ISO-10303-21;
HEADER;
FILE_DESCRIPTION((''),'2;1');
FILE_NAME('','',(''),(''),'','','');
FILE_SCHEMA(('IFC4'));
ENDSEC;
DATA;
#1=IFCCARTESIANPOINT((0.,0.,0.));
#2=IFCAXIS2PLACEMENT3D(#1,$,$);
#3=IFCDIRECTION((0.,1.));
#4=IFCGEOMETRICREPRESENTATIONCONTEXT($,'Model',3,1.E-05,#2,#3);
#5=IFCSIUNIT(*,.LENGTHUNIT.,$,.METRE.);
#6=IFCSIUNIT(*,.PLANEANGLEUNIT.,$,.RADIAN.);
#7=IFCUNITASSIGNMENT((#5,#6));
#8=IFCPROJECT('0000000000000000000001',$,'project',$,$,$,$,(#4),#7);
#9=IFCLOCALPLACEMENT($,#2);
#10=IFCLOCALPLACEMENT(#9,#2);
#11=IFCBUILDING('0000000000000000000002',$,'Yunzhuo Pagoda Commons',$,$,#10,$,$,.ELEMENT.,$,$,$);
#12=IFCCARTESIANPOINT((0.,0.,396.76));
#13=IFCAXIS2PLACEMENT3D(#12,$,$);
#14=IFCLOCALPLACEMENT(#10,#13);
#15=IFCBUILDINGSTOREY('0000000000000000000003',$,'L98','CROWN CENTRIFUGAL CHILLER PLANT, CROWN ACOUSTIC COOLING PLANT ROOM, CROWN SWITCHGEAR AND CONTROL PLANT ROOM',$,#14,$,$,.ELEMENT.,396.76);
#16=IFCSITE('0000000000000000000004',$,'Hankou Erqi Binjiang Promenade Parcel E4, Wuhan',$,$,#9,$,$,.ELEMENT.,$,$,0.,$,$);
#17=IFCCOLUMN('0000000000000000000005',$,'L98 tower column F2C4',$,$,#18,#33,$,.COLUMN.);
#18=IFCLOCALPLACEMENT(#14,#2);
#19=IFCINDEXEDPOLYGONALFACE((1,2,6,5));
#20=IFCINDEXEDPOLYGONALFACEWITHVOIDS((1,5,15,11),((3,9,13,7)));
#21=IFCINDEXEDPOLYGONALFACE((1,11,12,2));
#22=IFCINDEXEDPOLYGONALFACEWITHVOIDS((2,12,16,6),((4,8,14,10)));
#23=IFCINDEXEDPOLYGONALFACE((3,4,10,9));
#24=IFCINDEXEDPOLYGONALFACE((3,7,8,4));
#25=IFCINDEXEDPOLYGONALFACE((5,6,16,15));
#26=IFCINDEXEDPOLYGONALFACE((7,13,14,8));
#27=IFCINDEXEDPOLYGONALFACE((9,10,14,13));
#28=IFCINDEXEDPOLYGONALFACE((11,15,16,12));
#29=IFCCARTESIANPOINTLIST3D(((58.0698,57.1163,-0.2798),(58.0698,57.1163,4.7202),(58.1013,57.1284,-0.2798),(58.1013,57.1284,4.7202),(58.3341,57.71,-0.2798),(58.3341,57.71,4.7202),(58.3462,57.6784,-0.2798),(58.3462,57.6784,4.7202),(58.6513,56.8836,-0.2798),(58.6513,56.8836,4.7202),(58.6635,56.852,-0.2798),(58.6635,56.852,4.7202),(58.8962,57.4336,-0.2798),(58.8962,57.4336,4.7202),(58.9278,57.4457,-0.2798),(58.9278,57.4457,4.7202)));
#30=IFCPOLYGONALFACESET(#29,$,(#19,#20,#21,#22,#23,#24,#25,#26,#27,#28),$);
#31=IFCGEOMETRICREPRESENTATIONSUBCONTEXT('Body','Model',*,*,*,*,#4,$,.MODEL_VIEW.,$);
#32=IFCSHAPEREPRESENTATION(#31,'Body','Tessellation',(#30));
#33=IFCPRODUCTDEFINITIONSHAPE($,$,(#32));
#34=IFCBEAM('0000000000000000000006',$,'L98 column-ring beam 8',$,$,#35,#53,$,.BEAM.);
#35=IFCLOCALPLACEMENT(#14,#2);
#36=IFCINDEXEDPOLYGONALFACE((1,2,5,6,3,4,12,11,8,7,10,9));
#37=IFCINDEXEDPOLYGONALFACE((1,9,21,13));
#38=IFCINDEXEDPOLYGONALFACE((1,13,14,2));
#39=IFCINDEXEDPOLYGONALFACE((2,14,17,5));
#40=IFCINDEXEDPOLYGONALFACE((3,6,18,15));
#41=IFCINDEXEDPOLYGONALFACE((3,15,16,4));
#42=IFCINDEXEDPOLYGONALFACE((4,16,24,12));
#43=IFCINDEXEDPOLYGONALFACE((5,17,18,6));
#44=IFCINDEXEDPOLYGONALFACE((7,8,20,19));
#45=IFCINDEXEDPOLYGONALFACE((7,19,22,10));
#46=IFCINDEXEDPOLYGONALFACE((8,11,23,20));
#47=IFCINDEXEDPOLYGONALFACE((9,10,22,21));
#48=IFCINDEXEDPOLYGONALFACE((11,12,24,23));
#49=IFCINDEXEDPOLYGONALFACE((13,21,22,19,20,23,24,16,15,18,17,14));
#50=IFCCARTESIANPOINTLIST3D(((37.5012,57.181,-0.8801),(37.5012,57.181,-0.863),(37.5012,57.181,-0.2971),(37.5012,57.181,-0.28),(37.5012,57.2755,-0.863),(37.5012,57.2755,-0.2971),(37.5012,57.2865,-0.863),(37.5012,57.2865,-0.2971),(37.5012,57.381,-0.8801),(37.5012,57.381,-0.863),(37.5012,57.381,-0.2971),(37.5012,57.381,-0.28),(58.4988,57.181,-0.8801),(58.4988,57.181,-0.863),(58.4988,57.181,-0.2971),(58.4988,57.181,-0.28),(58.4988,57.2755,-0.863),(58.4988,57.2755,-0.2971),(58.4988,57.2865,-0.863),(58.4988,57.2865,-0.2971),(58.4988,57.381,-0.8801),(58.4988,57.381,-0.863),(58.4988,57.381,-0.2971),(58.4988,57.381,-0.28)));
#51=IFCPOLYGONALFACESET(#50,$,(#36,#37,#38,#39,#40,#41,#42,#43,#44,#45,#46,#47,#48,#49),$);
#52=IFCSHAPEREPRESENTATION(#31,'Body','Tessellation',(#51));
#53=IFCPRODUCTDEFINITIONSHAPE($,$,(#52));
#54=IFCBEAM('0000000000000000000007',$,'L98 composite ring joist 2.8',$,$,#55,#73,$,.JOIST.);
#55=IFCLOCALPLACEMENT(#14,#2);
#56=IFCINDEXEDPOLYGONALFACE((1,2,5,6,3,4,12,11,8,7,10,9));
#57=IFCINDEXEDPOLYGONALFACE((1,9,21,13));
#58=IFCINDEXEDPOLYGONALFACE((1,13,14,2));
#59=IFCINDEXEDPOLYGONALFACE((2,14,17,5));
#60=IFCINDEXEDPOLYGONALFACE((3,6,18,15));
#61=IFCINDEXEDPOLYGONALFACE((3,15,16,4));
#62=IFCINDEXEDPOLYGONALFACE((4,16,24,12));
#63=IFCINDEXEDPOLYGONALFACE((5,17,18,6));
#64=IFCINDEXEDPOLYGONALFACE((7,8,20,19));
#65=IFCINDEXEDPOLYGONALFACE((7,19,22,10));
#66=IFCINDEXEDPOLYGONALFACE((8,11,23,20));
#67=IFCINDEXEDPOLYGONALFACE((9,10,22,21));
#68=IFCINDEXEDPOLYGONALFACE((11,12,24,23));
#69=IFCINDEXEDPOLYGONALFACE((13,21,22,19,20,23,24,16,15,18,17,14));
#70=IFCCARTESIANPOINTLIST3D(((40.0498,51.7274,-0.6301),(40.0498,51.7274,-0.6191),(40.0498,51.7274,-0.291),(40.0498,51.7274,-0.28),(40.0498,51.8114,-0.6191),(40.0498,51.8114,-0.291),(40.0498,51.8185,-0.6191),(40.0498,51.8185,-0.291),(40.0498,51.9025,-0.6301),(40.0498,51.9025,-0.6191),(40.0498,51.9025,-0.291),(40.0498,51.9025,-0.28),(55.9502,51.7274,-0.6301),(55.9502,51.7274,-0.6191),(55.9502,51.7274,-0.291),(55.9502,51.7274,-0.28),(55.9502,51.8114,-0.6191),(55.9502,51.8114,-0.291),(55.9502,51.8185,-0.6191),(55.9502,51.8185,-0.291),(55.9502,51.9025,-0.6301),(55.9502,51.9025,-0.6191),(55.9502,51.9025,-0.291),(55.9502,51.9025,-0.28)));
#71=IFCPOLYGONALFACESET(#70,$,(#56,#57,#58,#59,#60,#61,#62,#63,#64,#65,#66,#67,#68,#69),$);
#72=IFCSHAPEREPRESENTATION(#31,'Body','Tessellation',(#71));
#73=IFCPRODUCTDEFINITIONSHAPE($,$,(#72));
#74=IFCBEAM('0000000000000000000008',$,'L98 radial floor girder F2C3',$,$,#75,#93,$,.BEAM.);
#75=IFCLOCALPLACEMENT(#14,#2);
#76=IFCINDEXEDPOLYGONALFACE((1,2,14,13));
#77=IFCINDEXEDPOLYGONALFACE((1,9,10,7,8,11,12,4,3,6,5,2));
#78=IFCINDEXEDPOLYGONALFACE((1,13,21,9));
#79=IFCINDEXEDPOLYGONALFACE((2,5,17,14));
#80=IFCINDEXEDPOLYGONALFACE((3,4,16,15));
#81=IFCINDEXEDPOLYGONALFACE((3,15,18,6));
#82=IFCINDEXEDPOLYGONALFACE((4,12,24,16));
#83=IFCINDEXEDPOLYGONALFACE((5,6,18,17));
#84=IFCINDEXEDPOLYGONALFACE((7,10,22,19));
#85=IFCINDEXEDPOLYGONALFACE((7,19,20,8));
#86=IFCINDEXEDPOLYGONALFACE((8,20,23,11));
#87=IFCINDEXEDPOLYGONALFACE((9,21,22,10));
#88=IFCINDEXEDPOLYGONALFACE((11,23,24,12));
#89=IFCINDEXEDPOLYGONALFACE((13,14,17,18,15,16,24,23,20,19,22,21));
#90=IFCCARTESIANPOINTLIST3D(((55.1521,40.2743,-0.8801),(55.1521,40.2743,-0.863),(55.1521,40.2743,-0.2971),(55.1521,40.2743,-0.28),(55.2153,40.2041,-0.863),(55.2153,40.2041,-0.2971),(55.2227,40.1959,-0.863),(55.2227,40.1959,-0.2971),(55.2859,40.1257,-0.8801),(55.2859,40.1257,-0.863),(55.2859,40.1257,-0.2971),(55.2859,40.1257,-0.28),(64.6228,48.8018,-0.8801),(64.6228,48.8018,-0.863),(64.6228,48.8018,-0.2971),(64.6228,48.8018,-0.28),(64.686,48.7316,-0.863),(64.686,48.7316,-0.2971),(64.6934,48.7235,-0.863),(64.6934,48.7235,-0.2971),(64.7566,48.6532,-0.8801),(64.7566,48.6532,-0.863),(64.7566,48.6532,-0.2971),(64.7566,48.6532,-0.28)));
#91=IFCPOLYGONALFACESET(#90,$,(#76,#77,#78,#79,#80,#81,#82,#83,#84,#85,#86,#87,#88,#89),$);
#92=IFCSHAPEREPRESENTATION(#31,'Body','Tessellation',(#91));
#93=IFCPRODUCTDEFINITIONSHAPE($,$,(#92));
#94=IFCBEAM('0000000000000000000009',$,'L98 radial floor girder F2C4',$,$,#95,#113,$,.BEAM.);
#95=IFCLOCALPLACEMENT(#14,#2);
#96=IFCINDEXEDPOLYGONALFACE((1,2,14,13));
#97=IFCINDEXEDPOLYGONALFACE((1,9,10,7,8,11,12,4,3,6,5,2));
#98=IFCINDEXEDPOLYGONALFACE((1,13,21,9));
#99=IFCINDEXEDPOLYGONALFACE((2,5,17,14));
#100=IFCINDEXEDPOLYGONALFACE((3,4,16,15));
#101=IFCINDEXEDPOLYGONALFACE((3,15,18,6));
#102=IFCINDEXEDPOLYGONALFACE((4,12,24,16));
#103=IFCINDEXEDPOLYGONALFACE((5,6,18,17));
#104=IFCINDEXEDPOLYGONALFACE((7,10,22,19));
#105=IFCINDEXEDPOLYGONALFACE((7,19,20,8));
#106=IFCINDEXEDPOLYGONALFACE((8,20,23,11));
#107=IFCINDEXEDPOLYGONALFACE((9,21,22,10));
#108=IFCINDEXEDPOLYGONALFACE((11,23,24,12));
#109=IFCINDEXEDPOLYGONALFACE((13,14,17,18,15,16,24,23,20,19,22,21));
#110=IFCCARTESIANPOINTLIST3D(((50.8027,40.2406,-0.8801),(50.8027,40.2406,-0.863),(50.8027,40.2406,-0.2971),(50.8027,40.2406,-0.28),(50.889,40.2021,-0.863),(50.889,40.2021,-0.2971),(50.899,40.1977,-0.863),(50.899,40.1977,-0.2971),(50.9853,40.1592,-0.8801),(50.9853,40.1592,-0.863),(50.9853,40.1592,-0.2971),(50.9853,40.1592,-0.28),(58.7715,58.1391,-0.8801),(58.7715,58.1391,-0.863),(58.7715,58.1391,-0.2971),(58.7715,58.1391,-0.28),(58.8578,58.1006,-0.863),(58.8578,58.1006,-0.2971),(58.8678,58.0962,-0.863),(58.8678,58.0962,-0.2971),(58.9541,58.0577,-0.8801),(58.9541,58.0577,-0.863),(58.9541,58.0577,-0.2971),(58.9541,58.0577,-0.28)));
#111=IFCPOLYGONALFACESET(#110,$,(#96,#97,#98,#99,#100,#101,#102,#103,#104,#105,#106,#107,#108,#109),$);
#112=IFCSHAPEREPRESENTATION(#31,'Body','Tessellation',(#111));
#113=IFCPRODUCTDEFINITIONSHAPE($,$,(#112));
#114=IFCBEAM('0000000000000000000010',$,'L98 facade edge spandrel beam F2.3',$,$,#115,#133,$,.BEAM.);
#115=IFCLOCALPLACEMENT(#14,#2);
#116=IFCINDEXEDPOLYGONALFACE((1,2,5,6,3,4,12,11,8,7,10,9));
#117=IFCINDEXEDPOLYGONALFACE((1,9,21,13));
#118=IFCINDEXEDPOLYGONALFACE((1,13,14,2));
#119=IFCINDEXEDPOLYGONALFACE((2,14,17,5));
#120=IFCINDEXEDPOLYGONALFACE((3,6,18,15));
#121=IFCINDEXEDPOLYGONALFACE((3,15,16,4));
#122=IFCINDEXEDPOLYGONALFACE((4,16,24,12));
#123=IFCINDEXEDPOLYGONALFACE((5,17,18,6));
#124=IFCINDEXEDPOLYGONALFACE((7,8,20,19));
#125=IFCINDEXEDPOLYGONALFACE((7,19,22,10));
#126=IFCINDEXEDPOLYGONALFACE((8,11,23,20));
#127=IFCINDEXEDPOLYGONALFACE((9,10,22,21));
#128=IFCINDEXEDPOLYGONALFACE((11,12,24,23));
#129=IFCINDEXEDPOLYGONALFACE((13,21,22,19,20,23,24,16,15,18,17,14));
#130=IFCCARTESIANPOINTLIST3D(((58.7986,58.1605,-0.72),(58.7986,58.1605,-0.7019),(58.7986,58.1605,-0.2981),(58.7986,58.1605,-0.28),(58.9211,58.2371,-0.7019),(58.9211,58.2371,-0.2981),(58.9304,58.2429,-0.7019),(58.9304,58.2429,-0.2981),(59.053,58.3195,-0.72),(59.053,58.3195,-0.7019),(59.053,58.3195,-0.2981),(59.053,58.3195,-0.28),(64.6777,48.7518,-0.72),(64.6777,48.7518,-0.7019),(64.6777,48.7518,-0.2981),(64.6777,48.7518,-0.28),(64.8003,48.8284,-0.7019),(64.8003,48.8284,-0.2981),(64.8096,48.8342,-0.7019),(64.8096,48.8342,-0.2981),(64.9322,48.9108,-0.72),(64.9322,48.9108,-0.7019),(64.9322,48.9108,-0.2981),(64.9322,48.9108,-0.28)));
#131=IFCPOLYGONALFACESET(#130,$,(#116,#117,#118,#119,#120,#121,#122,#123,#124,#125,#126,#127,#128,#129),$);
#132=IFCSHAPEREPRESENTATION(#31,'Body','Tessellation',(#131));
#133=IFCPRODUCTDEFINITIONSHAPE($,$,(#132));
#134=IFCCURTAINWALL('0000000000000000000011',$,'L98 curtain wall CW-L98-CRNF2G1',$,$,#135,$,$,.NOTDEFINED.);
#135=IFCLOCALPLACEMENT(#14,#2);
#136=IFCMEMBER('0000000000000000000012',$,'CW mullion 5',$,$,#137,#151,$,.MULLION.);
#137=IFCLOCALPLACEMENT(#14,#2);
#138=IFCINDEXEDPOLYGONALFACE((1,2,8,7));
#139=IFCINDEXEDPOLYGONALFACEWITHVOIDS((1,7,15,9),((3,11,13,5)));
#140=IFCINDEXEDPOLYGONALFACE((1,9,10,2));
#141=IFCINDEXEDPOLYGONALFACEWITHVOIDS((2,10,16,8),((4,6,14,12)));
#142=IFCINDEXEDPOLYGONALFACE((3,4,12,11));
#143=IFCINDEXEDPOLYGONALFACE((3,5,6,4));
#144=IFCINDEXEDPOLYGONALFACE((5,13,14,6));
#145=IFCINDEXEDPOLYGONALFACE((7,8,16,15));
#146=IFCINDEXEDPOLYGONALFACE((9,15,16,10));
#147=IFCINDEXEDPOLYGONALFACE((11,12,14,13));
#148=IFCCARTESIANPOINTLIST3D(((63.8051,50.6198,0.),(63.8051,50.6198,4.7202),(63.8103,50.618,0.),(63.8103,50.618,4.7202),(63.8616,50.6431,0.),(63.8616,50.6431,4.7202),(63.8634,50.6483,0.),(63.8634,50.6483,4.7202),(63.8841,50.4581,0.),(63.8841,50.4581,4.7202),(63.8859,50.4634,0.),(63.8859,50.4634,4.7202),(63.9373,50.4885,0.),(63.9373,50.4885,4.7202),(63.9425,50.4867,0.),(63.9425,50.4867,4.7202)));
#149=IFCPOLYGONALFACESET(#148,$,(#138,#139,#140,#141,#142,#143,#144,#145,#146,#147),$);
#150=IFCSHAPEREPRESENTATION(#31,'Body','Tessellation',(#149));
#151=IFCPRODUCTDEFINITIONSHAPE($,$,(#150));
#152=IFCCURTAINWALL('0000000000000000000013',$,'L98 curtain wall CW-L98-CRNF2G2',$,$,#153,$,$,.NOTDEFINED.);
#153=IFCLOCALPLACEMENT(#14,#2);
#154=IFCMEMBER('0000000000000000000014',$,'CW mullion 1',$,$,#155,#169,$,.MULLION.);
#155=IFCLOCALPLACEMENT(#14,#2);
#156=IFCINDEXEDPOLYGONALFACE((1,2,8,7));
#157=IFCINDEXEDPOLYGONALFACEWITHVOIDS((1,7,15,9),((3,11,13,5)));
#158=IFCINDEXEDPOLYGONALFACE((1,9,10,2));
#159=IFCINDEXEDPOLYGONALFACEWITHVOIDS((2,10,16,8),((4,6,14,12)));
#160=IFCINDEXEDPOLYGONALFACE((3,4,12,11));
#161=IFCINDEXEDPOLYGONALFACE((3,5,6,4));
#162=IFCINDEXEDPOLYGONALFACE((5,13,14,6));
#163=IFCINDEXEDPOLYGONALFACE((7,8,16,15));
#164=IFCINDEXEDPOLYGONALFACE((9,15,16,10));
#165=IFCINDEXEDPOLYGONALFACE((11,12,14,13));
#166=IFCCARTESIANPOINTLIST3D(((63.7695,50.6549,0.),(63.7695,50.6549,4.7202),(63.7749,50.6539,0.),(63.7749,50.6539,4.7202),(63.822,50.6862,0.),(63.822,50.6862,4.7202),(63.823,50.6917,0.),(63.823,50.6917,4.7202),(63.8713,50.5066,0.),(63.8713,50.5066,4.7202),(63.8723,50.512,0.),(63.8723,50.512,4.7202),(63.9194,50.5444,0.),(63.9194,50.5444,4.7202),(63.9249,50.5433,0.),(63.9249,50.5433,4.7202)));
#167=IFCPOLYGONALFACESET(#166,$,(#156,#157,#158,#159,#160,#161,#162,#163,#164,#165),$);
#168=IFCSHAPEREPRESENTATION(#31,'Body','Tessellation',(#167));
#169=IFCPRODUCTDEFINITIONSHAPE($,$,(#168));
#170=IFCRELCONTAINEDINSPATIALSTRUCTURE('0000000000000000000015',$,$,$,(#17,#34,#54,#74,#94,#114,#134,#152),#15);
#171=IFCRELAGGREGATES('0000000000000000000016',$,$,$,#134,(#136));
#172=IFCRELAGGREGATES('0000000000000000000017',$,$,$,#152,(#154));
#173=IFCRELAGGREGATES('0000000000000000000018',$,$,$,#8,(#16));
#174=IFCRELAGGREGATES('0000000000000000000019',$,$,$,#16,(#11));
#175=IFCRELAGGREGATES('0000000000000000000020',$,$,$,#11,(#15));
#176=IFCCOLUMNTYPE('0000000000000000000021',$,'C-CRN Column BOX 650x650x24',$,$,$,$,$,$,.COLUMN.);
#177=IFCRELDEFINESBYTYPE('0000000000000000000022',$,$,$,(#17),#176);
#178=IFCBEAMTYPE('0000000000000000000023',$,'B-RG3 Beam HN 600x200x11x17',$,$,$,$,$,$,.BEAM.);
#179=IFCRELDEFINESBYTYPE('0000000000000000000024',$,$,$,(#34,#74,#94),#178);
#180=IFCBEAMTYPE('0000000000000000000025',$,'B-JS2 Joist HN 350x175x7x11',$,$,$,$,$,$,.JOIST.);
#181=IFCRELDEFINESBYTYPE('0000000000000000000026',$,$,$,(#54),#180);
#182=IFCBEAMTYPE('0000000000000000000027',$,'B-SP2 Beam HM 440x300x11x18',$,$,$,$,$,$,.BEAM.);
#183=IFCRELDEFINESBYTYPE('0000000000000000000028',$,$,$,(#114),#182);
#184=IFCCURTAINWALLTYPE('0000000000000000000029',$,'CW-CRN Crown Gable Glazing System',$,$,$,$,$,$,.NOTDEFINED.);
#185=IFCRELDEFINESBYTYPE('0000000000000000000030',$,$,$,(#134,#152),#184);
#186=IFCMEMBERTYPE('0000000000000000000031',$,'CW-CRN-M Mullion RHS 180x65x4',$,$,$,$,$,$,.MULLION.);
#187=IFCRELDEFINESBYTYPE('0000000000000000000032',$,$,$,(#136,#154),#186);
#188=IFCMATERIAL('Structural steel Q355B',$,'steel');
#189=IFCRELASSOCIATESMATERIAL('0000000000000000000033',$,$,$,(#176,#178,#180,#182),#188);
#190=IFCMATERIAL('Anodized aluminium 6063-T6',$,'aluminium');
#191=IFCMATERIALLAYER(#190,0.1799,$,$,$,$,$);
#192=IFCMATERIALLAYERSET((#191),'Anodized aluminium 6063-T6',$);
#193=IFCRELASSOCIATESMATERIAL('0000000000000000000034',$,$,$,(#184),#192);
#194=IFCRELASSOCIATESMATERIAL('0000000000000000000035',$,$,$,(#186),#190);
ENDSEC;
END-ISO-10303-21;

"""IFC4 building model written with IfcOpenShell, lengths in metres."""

from ifc_helpers import new_model, si_unit, direction, frame, origin, origin_2d, place, context, subcontext, project, spatial, hollow_rectangle, i_section, extrude, source, transform, mapped, material, layer, layer_set, material_profile, profile_set, type_object, element, aggregate, save


model = new_model("IFC4")

# Units and contexts
model_context = context("Model", 3, precision=1e-05, world=origin(), true_north=direction((0.0, 1.0)))
body_context = subcontext(model_context, "Body", "Model", "MODEL_VIEW")
ifc_project = project(units=[si_unit("LENGTHUNIT", "METRE"), si_unit("PLANEANGLEUNIT", "RADIAN")], contexts=[model_context])

# Site, building, storey
site_placement = place(None, origin())
site = spatial("IfcSite", under=ifc_project, at=site_placement, Name="Hankou Erqi Binjiang Promenade Parcel E4, Wuhan", CompositionType="ELEMENT", RefElevation=0.0)
building_placement = place(site_placement, origin())
building = spatial("IfcBuilding", under=site, at=building_placement, Name="Yunzhuo Pagoda Commons", CompositionType="ELEMENT")
storey_placement = place(building_placement, frame((0.0, 0.0, 396.76)))
storey = spatial("IfcBuildingStorey", under=building, at=storey_placement, Name="L98", Description="CROWN CENTRIFUGAL CHILLER PLANT, CROWN ACOUSTIC COOLING PLANT ROOM, CROWN SWITCHGEAR AND CONTROL PLANT ROOM", CompositionType="ELEMENT", Elevation=396.76)

# Column
ifc_material_1 = material(Name="Structural steel Q355B", Category="steel")
ifc_material_profile_1 = material_profile(ifc_material_1, hollow_rectangle(XDim=0.6499, YDim=0.6499, WallThickness=0.0239, at=origin_2d()), Name="Structural steel Q355B")
ifc_profile_set_1 = profile_set([ifc_material_profile_1], Name="Structural steel Q355B")
column_type = type_object("IfcColumnType", Name="C-CRN Column BOX 650x650x24", PredefinedType="COLUMN", material=ifc_profile_set_1)
shared_shape_1 = source(origin(), body_context, "Body", "SweptSolid", [
    extrude(hollow_rectangle(XDim=0.6499, YDim=0.6499, WallThickness=0.0239, at=origin_2d()), origin(), (0.0, 0.0, 1.0), 5.0),
])
column_placement = place(storey_placement, frame((58.4988, 57.281, -0.2798), z_axis=(0.0, 0.0, 1.0), x_axis=(-0.913545, 0.406737, 0.0)))
element("IfcColumn", 1, at=column_placement, inside=storey, type_object=column_type, Name="L98 tower column F2C4", PredefinedType="COLUMN", context=body_context, shape_type="MappedRepresentation", body=[
    mapped(shared_shape_1, transform((0.0, 0.0, 0.0), scale=1.0)),
])

# Beams
ifc_material_profile_2 = material_profile(ifc_material_1, i_section(OverallWidth=0.2, OverallDepth=0.6001, WebThickness=0.011, FlangeThickness=0.0171, at=origin_2d()), Name="Structural steel Q355B")
ifc_profile_set_2 = profile_set([ifc_material_profile_2], Name="Structural steel Q355B")
beam_type_1 = type_object("IfcBeamType", Name="B-RG3 Beam HN 600x200x11x17", PredefinedType="BEAM", material=ifc_profile_set_2)
shared_shape_2 = source(origin(), body_context, "Body", "SweptSolid", [
    extrude(i_section(OverallWidth=0.2, OverallDepth=0.6001, WebThickness=0.011, FlangeThickness=0.0171, at=origin_2d()), origin(), (0.0, 0.0, 1.0), 20.9976),
])
beam_1_placement = place(storey_placement, frame((58.4988, 57.281, -0.5801), z_axis=(-1.0, 0.0, 0.0), x_axis=(0.0, -1.0, 0.0)))
element("IfcBeam", 2, at=beam_1_placement, inside=storey, type_object=beam_type_1, Name="L98 column-ring beam 8", PredefinedType="BEAM", context=body_context, shape_type="MappedRepresentation", body=[
    mapped(shared_shape_2, transform((0.0, 0.0, 0.0), scale=1.0)),
])
ifc_material_profile_3 = material_profile(ifc_material_1, i_section(OverallWidth=0.175, OverallDepth=0.3501, WebThickness=0.0071, FlangeThickness=0.011, at=origin_2d()), Name="Structural steel Q355B")
ifc_profile_set_3 = profile_set([ifc_material_profile_3], Name="Structural steel Q355B")
beam_type_2 = type_object("IfcBeamType", Name="B-JS2 Joist HN 350x175x7x11", PredefinedType="JOIST", material=ifc_profile_set_3)
shared_shape_3 = source(origin(), body_context, "Body", "SweptSolid", [
    extrude(i_section(OverallWidth=0.175, OverallDepth=0.3501, WebThickness=0.0071, FlangeThickness=0.011, at=origin_2d()), origin(), (0.0, 0.0, 1.0), 15.9004),
])
beam_2_placement = place(storey_placement, frame((55.9502, 51.8149, -0.4551), z_axis=(-1.0, 0.0, 0.0), x_axis=(0.0, -1.0, 0.0)))
element("IfcBeam", 3, at=beam_2_placement, inside=storey, type_object=beam_type_2, Name="L98 composite ring joist 2.8", PredefinedType="JOIST", context=body_context, shape_type="MappedRepresentation", body=[
    mapped(shared_shape_3, transform((0.0, 0.0, 0.0), scale=1.0)),
])
shared_shape_4 = source(origin(), body_context, "Body", "SweptSolid", [
    extrude(i_section(OverallWidth=0.2, OverallDepth=0.6001, WebThickness=0.011, FlangeThickness=0.0171, at=origin_2d()), origin(), (0.0, 0.0, 1.0), 12.7441),
])
beam_3_placement = place(storey_placement, frame((64.6897, 48.7275, -0.5801), z_axis=(-0.74314, -0.669136, 0.0), x_axis=(0.669136, -0.74314, 0.0)))
element("IfcBeam", 4, at=beam_3_placement, inside=storey, type_object=beam_type_1, Name="L98 radial floor girder F2C3", PredefinedType="BEAM", context=body_context, shape_type="MappedRepresentation", body=[
    mapped(shared_shape_4, transform((0.0, 0.0, 0.0), scale=1.0)),
])
shared_shape_5 = source(origin(), body_context, "Body", "SweptSolid", [
    extrude(i_section(OverallWidth=0.2, OverallDepth=0.6001, WebThickness=0.011, FlangeThickness=0.0171, at=origin_2d()), origin(), (0.0, 0.0, 1.0), 19.5923),
])
beam_4_placement = place(storey_placement, frame((58.8628, 58.0984, -0.5801), z_axis=(-0.40673, -0.913548, 0.0), x_axis=(0.913548, -0.40673, 0.0)))
element("IfcBeam", 5, at=beam_4_placement, inside=storey, type_object=beam_type_1, Name="L98 radial floor girder F2C4", PredefinedType="BEAM", context=body_context, shape_type="MappedRepresentation", body=[
    mapped(shared_shape_5, transform((0.0, 0.0, 0.0), scale=1.0)),
])
ifc_material_profile_4 = material_profile(ifc_material_1, i_section(OverallWidth=0.3, OverallDepth=0.4399, WebThickness=0.011, FlangeThickness=0.0181, at=origin_2d()), Name="Structural steel Q355B")
ifc_profile_set_4 = profile_set([ifc_material_profile_4], Name="Structural steel Q355B")
beam_type_3 = type_object("IfcBeamType", Name="B-SP2 Beam HM 440x300x11x18", PredefinedType="BEAM", material=ifc_profile_set_4)
shared_shape_6 = source(origin(), body_context, "Body", "SweptSolid", [
    extrude(i_section(OverallWidth=0.3, OverallDepth=0.4399, WebThickness=0.011, FlangeThickness=0.0181, at=origin_2d()), origin(), (0.0, 0.0, 1.0), 11.0945),
])
beam_5_placement = place(storey_placement, frame((64.8049, 48.8313, -0.5), z_axis=(-0.529916, 0.84805, 0.0), x_axis=(-0.84805, -0.529916, 0.0)))
element("IfcBeam", 6, at=beam_5_placement, inside=storey, type_object=beam_type_3, Name="L98 facade edge spandrel beam F2.3", PredefinedType="BEAM", context=body_context, shape_type="MappedRepresentation", body=[
    mapped(shared_shape_6, transform((0.0, 0.0, 0.0), scale=1.0)),
])

# Curtain wall, member
ifc_material_2 = material(Name="Anodized aluminium 6063-T6", Category="aluminium")
ifc_layer_1 = layer(ifc_material_2, 0.1799)
ifc_layer_set_1 = layer_set([ifc_layer_1], Name="Anodized aluminium 6063-T6")
curtain_wall_type_1 = type_object("IfcCurtainWallType", Name="CW-CRN Crown Gable Glazing System", PredefinedType="NOTDEFINED", material=ifc_layer_set_1)
curtain_wall_1_placement = place(storey_placement, origin())
curtain_wall_1 = element("IfcCurtainWall", 7, at=curtain_wall_1_placement, inside=storey, type_object=curtain_wall_type_1, Name="L98 curtain wall CW-L98-CRNF2G1", PredefinedType="NOTDEFINED")
ifc_material_profile_5 = material_profile(ifc_material_2, hollow_rectangle(XDim=0.0649, YDim=0.1799, WallThickness=0.0039, at=origin_2d()), Name="Anodized aluminium 6063-T6")
ifc_profile_set_5 = profile_set([ifc_material_profile_5], Name="Anodized aluminium 6063-T6")
member_type_1 = type_object("IfcMemberType", Name="CW-CRN-M Mullion RHS 180x65x4", PredefinedType="MULLION", material=ifc_profile_set_5)
shared_shape_7 = source(origin(), body_context, "Body", "SweptSolid", [
    extrude(hollow_rectangle(XDim=0.0649, YDim=0.1799, WallThickness=0.0039, at=origin_2d()), origin(), (0.0, 0.0, 1.0), 4.7202),
])
member_1_placement = place(storey_placement, frame((63.8738, 50.5532, 0.0), z_axis=(0.0, 0.0, 1.0), x_axis=(-0.898299, -0.439384, 0.0)))
member_1 = element("IfcMember", 8, at=member_1_placement, type_object=member_type_1, Name="CW mullion 5", PredefinedType="MULLION", context=body_context, shape_type="MappedRepresentation", body=[
    mapped(shared_shape_7, transform((0.0, 0.0, 0.0), scale=1.0)),
])
aggregate(curtain_wall_1, [member_1])

# Curtain wall, member
curtain_wall_2_placement = place(storey_placement, origin())
curtain_wall_2 = element("IfcCurtainWall", 9, at=curtain_wall_2_placement, inside=storey, type_object=curtain_wall_type_1, Name="L98 curtain wall CW-L98-CRNF2G2", PredefinedType="NOTDEFINED")
member_2_placement = place(storey_placement, frame((63.8472, 50.5991, 0.0), z_axis=(0.0, 0.0, 1.0), x_axis=(-0.824296, -0.566159, 0.0)))
member_2 = element("IfcMember", 10, at=member_2_placement, type_object=member_type_1, Name="CW mullion 1", PredefinedType="MULLION", context=body_context, shape_type="MappedRepresentation", body=[
    mapped(shared_shape_7, transform((0.0, 0.0, 0.0), scale=1.0)),
])

aggregate(curtain_wall_2, [member_2])

save(model, "model.ifc")
